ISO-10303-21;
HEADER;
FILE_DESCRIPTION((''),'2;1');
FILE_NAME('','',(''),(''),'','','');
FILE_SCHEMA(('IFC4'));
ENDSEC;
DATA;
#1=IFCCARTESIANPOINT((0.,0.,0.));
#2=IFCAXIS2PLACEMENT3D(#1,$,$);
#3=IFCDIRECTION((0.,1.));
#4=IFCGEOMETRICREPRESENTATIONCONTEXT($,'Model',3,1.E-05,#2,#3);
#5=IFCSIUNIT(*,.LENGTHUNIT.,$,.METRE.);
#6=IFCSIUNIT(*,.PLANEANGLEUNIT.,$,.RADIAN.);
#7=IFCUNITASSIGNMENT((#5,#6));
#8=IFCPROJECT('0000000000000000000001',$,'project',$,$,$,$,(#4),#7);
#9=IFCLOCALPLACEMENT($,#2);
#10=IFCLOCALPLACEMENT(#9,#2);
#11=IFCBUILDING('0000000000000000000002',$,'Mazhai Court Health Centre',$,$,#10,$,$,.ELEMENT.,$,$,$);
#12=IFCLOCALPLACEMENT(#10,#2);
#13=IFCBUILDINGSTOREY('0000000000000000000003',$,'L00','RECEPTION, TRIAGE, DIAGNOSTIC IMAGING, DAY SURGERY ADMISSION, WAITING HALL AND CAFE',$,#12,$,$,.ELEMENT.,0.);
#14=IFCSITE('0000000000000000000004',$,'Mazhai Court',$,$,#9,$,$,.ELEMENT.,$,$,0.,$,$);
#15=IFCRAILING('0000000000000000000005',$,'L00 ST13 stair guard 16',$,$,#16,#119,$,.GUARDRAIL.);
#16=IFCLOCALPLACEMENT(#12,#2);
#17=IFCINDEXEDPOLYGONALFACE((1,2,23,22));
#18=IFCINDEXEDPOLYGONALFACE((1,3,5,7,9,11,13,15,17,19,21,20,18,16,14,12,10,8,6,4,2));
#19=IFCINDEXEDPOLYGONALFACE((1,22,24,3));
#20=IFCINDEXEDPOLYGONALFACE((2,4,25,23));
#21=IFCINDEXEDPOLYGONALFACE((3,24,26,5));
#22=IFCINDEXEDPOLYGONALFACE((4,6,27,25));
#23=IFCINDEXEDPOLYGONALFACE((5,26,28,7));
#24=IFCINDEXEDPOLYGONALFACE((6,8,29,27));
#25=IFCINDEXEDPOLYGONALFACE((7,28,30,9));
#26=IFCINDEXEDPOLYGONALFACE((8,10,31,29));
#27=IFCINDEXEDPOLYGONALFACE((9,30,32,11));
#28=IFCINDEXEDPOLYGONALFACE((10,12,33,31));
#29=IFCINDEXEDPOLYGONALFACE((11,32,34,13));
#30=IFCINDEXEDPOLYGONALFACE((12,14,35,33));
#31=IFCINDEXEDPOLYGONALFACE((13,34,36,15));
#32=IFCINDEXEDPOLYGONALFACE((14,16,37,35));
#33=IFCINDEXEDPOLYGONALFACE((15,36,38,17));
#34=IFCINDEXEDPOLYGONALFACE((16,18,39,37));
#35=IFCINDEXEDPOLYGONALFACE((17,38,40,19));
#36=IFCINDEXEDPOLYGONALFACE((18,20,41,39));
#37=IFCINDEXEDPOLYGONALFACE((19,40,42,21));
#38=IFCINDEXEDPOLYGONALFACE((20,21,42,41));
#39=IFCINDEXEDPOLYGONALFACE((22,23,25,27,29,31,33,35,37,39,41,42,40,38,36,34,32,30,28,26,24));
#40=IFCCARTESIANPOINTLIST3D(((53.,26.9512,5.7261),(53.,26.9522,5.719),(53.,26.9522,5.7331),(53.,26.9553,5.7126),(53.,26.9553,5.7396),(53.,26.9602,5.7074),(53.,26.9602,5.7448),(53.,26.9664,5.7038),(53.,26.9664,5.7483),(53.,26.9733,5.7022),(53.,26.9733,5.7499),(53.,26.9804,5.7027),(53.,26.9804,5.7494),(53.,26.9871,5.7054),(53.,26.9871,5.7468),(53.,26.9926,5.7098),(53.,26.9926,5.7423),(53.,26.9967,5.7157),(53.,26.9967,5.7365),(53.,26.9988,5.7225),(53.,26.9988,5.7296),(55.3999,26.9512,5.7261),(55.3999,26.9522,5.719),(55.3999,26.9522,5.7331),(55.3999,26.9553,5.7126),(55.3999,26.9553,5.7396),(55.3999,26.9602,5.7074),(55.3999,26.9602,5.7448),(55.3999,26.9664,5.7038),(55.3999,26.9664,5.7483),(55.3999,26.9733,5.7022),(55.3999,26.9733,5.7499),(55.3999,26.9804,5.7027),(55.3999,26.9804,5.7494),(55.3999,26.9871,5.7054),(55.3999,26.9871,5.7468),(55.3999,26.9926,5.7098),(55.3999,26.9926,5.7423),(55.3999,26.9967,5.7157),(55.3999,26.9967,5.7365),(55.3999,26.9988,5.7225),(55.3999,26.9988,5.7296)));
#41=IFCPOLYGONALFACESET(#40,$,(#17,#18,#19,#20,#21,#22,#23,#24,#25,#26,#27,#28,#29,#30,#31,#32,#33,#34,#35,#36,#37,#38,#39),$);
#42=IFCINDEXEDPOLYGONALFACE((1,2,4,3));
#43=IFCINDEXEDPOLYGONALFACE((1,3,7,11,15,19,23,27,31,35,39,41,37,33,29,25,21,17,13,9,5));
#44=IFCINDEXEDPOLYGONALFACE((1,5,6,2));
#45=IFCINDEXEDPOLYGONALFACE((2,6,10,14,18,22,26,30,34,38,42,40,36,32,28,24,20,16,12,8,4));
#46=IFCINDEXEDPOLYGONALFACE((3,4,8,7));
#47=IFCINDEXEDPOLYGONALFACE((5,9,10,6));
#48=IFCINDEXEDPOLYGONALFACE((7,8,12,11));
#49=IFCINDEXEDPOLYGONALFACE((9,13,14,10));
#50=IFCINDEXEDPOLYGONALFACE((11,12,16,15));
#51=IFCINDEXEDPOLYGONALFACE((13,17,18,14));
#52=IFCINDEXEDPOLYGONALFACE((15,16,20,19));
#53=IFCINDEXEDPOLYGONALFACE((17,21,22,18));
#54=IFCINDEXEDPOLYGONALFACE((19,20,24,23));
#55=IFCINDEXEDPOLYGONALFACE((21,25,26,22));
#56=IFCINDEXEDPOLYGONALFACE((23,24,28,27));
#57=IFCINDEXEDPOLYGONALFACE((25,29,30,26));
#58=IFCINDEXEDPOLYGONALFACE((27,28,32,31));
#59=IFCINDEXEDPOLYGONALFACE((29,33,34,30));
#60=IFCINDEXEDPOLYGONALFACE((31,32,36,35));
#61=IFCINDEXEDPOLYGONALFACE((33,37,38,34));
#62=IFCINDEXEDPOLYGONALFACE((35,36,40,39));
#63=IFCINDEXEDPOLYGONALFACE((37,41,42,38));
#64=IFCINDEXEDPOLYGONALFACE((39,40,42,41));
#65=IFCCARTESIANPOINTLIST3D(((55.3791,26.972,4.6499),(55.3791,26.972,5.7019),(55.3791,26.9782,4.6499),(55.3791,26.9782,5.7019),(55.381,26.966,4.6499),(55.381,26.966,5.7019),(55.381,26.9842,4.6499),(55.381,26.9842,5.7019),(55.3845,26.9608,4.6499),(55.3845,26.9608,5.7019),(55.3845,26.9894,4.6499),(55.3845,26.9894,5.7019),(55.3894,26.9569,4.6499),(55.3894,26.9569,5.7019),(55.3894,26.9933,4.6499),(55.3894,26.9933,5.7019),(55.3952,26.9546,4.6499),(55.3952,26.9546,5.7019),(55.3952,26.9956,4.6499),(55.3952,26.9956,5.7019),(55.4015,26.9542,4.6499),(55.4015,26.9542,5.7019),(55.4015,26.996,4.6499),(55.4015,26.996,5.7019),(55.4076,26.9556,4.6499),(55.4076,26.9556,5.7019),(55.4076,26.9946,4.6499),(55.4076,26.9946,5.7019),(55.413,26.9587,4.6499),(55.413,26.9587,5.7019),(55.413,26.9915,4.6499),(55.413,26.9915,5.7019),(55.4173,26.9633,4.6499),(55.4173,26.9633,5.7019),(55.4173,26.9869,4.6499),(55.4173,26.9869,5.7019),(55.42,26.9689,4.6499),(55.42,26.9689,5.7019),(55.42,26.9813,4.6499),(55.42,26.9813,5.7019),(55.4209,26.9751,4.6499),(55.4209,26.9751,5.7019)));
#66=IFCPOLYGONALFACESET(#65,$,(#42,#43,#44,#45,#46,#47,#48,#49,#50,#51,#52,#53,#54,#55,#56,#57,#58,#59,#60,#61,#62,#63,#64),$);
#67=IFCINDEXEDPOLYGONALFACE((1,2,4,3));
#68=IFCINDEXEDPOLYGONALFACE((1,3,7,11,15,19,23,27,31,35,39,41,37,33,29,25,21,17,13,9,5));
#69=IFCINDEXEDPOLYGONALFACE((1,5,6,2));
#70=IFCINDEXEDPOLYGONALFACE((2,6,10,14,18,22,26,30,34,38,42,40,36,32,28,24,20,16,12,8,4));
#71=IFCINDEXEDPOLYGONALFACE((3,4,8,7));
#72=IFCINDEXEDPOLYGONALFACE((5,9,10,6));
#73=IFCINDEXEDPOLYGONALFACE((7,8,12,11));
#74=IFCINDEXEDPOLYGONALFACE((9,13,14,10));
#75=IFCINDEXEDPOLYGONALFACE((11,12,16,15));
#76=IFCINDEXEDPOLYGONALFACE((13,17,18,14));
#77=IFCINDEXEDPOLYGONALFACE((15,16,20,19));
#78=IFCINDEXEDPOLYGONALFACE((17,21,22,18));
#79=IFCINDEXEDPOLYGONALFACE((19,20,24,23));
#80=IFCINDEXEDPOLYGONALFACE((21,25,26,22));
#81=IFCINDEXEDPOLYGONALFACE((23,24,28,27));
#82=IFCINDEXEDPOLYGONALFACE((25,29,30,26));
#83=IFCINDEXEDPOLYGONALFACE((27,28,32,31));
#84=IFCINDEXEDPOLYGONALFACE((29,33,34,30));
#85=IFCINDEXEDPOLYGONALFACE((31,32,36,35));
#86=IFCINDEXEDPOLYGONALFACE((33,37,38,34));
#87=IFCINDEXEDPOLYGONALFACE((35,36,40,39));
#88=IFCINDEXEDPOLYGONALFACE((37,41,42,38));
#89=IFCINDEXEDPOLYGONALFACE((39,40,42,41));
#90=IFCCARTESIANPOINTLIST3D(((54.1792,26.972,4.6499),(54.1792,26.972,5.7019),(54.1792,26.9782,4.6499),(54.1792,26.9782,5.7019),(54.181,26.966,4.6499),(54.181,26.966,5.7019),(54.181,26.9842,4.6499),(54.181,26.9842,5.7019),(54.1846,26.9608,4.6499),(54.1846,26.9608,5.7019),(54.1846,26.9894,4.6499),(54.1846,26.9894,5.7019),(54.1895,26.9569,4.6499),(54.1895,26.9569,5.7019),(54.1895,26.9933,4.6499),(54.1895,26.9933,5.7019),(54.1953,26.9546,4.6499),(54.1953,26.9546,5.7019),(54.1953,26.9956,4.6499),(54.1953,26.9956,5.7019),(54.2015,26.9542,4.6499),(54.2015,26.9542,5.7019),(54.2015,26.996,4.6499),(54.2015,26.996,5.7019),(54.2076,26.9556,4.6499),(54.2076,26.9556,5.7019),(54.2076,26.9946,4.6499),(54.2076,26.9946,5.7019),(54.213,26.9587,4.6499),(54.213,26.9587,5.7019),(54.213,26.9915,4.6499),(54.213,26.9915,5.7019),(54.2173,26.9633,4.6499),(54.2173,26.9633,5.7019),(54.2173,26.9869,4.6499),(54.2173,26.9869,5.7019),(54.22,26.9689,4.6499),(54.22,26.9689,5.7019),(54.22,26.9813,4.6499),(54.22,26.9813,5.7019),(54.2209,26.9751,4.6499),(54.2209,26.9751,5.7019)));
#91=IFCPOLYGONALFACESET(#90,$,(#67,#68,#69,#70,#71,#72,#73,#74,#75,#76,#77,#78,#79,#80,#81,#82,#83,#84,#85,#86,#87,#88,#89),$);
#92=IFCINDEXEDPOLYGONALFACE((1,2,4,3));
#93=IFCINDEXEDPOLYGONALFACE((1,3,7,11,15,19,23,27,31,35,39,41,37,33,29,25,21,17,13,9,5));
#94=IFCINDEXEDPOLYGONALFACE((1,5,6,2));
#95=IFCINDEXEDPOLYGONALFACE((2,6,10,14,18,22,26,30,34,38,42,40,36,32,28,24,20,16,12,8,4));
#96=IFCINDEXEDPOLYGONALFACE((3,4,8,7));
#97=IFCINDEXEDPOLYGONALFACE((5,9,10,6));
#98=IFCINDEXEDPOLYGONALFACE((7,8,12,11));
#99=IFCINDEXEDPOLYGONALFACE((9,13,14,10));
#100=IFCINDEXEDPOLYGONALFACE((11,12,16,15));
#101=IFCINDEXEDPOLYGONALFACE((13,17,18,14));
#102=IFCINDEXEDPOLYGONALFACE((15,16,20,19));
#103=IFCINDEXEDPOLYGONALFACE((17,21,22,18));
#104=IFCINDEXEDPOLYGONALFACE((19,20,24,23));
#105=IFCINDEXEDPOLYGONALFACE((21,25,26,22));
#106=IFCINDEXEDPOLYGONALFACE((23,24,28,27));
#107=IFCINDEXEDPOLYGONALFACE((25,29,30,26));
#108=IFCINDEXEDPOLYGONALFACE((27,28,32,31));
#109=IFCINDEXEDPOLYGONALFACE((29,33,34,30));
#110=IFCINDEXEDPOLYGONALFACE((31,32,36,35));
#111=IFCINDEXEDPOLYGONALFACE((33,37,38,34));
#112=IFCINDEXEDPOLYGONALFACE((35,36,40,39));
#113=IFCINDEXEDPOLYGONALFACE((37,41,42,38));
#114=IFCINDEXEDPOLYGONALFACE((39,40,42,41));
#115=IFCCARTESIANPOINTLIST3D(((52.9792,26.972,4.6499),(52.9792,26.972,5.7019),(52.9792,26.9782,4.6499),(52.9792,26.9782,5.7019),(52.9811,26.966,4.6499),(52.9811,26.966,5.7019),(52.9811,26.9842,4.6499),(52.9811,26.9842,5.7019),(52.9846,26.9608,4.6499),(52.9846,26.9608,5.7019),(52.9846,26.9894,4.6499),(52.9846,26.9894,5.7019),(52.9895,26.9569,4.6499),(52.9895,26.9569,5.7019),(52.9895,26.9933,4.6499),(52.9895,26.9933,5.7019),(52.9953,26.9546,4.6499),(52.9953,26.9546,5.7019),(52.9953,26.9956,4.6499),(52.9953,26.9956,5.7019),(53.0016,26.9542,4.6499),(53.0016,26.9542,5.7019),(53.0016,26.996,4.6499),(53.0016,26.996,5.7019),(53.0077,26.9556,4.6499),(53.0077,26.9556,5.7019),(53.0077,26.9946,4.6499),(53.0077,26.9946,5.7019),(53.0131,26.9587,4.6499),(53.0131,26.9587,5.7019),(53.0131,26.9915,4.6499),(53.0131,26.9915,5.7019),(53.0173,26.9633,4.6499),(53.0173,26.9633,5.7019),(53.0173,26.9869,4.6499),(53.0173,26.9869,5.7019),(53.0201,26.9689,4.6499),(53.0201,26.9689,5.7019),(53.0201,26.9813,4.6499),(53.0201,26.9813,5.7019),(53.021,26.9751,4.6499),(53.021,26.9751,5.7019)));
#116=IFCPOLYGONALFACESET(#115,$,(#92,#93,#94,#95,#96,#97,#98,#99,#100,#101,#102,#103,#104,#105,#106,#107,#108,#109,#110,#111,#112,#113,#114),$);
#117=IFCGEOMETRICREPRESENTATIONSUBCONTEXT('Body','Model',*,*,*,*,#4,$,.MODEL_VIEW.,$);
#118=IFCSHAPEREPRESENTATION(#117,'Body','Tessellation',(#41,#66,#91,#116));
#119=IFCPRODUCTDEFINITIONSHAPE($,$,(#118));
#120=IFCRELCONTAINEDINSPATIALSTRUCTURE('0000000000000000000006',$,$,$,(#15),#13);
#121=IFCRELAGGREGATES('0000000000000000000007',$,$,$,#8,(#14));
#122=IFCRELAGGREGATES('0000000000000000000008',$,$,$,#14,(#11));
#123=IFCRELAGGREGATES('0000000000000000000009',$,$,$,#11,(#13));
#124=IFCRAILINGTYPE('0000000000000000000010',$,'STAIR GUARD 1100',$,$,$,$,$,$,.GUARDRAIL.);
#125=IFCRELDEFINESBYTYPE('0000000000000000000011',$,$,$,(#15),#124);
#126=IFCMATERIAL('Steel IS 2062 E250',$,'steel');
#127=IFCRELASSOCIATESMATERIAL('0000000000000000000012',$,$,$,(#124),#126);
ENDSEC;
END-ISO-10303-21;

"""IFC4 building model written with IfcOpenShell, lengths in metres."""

from ifc_helpers import new_model, si_unit, direction, frame, origin, origin_2d, place, context, subcontext, project, spatial, circle, extrude, material, type_object, element, save


model = new_model("IFC4")

# Units and contexts
model_context = context("Model", 3, precision=1e-05, world=origin(), true_north=direction((0.0, 1.0)))
body_context = subcontext(model_context, "Body", "Model", "MODEL_VIEW")
ifc_project = project(units=[si_unit("LENGTHUNIT", "METRE"), si_unit("PLANEANGLEUNIT", "RADIAN")], contexts=[model_context])

# Site, building, storey
site_placement = place(None, origin())
site = spatial("IfcSite", under=ifc_project, at=site_placement, Name="Mazhai Court", CompositionType="ELEMENT", RefElevation=0.0)
building_placement = place(site_placement, origin())
building = spatial("IfcBuilding", under=site, at=building_placement, Name="Mazhai Court Health Centre", CompositionType="ELEMENT")
storey_placement = place(building_placement, origin())
storey = spatial("IfcBuildingStorey", under=building, at=storey_placement, Name="L00", Description="RECEPTION, TRIAGE, DIAGNOSTIC IMAGING, DAY SURGERY ADMISSION, WAITING HALL AND CAFE", CompositionType="ELEMENT", Elevation=0.0)

# Railing
ifc_material_1 = material(Name="Steel IS 2062 E250", Category="steel")
railing_type_1 = type_object("IfcRailingType", Name="STAIR GUARD 1100", PredefinedType="GUARDRAIL", material=ifc_material_1)
railing_1_placement = place(storey_placement, frame((55.3999, 26.9751, 4.6499)))
element("IfcRailing", 1, at=railing_1_placement, inside=storey, type_object=railing_type_1, Name="L00 ST13 stair guard 16", PredefinedType="GUARDRAIL", context=body_context, shape_type="SweptSolid", body=[
    extrude(circle(Radius=0.0239, at=origin_2d()), frame((0.0, 0.0, 1.0762), z_axis=(-1.0, 0.0, 0.0), x_axis=(0.0, -1.0, 0.0)), (0.0, 0.0, 1.0), 2.3999),
    extrude(circle(Radius=0.021, at=origin_2d()), origin(), (0.0, 0.0, 1.0), 1.052),
    extrude(circle(Radius=0.021, at=origin_2d()), frame((-1.2, 0.0, 0.0)), (0.0, 0.0, 1.0), 1.052),
    extrude(circle(Radius=0.021, at=origin_2d()), frame((-2.3999, 0.0, 0.0)), (0.0, 0.0, 1.0), 1.052),
])

save(model, "model.ifc")
